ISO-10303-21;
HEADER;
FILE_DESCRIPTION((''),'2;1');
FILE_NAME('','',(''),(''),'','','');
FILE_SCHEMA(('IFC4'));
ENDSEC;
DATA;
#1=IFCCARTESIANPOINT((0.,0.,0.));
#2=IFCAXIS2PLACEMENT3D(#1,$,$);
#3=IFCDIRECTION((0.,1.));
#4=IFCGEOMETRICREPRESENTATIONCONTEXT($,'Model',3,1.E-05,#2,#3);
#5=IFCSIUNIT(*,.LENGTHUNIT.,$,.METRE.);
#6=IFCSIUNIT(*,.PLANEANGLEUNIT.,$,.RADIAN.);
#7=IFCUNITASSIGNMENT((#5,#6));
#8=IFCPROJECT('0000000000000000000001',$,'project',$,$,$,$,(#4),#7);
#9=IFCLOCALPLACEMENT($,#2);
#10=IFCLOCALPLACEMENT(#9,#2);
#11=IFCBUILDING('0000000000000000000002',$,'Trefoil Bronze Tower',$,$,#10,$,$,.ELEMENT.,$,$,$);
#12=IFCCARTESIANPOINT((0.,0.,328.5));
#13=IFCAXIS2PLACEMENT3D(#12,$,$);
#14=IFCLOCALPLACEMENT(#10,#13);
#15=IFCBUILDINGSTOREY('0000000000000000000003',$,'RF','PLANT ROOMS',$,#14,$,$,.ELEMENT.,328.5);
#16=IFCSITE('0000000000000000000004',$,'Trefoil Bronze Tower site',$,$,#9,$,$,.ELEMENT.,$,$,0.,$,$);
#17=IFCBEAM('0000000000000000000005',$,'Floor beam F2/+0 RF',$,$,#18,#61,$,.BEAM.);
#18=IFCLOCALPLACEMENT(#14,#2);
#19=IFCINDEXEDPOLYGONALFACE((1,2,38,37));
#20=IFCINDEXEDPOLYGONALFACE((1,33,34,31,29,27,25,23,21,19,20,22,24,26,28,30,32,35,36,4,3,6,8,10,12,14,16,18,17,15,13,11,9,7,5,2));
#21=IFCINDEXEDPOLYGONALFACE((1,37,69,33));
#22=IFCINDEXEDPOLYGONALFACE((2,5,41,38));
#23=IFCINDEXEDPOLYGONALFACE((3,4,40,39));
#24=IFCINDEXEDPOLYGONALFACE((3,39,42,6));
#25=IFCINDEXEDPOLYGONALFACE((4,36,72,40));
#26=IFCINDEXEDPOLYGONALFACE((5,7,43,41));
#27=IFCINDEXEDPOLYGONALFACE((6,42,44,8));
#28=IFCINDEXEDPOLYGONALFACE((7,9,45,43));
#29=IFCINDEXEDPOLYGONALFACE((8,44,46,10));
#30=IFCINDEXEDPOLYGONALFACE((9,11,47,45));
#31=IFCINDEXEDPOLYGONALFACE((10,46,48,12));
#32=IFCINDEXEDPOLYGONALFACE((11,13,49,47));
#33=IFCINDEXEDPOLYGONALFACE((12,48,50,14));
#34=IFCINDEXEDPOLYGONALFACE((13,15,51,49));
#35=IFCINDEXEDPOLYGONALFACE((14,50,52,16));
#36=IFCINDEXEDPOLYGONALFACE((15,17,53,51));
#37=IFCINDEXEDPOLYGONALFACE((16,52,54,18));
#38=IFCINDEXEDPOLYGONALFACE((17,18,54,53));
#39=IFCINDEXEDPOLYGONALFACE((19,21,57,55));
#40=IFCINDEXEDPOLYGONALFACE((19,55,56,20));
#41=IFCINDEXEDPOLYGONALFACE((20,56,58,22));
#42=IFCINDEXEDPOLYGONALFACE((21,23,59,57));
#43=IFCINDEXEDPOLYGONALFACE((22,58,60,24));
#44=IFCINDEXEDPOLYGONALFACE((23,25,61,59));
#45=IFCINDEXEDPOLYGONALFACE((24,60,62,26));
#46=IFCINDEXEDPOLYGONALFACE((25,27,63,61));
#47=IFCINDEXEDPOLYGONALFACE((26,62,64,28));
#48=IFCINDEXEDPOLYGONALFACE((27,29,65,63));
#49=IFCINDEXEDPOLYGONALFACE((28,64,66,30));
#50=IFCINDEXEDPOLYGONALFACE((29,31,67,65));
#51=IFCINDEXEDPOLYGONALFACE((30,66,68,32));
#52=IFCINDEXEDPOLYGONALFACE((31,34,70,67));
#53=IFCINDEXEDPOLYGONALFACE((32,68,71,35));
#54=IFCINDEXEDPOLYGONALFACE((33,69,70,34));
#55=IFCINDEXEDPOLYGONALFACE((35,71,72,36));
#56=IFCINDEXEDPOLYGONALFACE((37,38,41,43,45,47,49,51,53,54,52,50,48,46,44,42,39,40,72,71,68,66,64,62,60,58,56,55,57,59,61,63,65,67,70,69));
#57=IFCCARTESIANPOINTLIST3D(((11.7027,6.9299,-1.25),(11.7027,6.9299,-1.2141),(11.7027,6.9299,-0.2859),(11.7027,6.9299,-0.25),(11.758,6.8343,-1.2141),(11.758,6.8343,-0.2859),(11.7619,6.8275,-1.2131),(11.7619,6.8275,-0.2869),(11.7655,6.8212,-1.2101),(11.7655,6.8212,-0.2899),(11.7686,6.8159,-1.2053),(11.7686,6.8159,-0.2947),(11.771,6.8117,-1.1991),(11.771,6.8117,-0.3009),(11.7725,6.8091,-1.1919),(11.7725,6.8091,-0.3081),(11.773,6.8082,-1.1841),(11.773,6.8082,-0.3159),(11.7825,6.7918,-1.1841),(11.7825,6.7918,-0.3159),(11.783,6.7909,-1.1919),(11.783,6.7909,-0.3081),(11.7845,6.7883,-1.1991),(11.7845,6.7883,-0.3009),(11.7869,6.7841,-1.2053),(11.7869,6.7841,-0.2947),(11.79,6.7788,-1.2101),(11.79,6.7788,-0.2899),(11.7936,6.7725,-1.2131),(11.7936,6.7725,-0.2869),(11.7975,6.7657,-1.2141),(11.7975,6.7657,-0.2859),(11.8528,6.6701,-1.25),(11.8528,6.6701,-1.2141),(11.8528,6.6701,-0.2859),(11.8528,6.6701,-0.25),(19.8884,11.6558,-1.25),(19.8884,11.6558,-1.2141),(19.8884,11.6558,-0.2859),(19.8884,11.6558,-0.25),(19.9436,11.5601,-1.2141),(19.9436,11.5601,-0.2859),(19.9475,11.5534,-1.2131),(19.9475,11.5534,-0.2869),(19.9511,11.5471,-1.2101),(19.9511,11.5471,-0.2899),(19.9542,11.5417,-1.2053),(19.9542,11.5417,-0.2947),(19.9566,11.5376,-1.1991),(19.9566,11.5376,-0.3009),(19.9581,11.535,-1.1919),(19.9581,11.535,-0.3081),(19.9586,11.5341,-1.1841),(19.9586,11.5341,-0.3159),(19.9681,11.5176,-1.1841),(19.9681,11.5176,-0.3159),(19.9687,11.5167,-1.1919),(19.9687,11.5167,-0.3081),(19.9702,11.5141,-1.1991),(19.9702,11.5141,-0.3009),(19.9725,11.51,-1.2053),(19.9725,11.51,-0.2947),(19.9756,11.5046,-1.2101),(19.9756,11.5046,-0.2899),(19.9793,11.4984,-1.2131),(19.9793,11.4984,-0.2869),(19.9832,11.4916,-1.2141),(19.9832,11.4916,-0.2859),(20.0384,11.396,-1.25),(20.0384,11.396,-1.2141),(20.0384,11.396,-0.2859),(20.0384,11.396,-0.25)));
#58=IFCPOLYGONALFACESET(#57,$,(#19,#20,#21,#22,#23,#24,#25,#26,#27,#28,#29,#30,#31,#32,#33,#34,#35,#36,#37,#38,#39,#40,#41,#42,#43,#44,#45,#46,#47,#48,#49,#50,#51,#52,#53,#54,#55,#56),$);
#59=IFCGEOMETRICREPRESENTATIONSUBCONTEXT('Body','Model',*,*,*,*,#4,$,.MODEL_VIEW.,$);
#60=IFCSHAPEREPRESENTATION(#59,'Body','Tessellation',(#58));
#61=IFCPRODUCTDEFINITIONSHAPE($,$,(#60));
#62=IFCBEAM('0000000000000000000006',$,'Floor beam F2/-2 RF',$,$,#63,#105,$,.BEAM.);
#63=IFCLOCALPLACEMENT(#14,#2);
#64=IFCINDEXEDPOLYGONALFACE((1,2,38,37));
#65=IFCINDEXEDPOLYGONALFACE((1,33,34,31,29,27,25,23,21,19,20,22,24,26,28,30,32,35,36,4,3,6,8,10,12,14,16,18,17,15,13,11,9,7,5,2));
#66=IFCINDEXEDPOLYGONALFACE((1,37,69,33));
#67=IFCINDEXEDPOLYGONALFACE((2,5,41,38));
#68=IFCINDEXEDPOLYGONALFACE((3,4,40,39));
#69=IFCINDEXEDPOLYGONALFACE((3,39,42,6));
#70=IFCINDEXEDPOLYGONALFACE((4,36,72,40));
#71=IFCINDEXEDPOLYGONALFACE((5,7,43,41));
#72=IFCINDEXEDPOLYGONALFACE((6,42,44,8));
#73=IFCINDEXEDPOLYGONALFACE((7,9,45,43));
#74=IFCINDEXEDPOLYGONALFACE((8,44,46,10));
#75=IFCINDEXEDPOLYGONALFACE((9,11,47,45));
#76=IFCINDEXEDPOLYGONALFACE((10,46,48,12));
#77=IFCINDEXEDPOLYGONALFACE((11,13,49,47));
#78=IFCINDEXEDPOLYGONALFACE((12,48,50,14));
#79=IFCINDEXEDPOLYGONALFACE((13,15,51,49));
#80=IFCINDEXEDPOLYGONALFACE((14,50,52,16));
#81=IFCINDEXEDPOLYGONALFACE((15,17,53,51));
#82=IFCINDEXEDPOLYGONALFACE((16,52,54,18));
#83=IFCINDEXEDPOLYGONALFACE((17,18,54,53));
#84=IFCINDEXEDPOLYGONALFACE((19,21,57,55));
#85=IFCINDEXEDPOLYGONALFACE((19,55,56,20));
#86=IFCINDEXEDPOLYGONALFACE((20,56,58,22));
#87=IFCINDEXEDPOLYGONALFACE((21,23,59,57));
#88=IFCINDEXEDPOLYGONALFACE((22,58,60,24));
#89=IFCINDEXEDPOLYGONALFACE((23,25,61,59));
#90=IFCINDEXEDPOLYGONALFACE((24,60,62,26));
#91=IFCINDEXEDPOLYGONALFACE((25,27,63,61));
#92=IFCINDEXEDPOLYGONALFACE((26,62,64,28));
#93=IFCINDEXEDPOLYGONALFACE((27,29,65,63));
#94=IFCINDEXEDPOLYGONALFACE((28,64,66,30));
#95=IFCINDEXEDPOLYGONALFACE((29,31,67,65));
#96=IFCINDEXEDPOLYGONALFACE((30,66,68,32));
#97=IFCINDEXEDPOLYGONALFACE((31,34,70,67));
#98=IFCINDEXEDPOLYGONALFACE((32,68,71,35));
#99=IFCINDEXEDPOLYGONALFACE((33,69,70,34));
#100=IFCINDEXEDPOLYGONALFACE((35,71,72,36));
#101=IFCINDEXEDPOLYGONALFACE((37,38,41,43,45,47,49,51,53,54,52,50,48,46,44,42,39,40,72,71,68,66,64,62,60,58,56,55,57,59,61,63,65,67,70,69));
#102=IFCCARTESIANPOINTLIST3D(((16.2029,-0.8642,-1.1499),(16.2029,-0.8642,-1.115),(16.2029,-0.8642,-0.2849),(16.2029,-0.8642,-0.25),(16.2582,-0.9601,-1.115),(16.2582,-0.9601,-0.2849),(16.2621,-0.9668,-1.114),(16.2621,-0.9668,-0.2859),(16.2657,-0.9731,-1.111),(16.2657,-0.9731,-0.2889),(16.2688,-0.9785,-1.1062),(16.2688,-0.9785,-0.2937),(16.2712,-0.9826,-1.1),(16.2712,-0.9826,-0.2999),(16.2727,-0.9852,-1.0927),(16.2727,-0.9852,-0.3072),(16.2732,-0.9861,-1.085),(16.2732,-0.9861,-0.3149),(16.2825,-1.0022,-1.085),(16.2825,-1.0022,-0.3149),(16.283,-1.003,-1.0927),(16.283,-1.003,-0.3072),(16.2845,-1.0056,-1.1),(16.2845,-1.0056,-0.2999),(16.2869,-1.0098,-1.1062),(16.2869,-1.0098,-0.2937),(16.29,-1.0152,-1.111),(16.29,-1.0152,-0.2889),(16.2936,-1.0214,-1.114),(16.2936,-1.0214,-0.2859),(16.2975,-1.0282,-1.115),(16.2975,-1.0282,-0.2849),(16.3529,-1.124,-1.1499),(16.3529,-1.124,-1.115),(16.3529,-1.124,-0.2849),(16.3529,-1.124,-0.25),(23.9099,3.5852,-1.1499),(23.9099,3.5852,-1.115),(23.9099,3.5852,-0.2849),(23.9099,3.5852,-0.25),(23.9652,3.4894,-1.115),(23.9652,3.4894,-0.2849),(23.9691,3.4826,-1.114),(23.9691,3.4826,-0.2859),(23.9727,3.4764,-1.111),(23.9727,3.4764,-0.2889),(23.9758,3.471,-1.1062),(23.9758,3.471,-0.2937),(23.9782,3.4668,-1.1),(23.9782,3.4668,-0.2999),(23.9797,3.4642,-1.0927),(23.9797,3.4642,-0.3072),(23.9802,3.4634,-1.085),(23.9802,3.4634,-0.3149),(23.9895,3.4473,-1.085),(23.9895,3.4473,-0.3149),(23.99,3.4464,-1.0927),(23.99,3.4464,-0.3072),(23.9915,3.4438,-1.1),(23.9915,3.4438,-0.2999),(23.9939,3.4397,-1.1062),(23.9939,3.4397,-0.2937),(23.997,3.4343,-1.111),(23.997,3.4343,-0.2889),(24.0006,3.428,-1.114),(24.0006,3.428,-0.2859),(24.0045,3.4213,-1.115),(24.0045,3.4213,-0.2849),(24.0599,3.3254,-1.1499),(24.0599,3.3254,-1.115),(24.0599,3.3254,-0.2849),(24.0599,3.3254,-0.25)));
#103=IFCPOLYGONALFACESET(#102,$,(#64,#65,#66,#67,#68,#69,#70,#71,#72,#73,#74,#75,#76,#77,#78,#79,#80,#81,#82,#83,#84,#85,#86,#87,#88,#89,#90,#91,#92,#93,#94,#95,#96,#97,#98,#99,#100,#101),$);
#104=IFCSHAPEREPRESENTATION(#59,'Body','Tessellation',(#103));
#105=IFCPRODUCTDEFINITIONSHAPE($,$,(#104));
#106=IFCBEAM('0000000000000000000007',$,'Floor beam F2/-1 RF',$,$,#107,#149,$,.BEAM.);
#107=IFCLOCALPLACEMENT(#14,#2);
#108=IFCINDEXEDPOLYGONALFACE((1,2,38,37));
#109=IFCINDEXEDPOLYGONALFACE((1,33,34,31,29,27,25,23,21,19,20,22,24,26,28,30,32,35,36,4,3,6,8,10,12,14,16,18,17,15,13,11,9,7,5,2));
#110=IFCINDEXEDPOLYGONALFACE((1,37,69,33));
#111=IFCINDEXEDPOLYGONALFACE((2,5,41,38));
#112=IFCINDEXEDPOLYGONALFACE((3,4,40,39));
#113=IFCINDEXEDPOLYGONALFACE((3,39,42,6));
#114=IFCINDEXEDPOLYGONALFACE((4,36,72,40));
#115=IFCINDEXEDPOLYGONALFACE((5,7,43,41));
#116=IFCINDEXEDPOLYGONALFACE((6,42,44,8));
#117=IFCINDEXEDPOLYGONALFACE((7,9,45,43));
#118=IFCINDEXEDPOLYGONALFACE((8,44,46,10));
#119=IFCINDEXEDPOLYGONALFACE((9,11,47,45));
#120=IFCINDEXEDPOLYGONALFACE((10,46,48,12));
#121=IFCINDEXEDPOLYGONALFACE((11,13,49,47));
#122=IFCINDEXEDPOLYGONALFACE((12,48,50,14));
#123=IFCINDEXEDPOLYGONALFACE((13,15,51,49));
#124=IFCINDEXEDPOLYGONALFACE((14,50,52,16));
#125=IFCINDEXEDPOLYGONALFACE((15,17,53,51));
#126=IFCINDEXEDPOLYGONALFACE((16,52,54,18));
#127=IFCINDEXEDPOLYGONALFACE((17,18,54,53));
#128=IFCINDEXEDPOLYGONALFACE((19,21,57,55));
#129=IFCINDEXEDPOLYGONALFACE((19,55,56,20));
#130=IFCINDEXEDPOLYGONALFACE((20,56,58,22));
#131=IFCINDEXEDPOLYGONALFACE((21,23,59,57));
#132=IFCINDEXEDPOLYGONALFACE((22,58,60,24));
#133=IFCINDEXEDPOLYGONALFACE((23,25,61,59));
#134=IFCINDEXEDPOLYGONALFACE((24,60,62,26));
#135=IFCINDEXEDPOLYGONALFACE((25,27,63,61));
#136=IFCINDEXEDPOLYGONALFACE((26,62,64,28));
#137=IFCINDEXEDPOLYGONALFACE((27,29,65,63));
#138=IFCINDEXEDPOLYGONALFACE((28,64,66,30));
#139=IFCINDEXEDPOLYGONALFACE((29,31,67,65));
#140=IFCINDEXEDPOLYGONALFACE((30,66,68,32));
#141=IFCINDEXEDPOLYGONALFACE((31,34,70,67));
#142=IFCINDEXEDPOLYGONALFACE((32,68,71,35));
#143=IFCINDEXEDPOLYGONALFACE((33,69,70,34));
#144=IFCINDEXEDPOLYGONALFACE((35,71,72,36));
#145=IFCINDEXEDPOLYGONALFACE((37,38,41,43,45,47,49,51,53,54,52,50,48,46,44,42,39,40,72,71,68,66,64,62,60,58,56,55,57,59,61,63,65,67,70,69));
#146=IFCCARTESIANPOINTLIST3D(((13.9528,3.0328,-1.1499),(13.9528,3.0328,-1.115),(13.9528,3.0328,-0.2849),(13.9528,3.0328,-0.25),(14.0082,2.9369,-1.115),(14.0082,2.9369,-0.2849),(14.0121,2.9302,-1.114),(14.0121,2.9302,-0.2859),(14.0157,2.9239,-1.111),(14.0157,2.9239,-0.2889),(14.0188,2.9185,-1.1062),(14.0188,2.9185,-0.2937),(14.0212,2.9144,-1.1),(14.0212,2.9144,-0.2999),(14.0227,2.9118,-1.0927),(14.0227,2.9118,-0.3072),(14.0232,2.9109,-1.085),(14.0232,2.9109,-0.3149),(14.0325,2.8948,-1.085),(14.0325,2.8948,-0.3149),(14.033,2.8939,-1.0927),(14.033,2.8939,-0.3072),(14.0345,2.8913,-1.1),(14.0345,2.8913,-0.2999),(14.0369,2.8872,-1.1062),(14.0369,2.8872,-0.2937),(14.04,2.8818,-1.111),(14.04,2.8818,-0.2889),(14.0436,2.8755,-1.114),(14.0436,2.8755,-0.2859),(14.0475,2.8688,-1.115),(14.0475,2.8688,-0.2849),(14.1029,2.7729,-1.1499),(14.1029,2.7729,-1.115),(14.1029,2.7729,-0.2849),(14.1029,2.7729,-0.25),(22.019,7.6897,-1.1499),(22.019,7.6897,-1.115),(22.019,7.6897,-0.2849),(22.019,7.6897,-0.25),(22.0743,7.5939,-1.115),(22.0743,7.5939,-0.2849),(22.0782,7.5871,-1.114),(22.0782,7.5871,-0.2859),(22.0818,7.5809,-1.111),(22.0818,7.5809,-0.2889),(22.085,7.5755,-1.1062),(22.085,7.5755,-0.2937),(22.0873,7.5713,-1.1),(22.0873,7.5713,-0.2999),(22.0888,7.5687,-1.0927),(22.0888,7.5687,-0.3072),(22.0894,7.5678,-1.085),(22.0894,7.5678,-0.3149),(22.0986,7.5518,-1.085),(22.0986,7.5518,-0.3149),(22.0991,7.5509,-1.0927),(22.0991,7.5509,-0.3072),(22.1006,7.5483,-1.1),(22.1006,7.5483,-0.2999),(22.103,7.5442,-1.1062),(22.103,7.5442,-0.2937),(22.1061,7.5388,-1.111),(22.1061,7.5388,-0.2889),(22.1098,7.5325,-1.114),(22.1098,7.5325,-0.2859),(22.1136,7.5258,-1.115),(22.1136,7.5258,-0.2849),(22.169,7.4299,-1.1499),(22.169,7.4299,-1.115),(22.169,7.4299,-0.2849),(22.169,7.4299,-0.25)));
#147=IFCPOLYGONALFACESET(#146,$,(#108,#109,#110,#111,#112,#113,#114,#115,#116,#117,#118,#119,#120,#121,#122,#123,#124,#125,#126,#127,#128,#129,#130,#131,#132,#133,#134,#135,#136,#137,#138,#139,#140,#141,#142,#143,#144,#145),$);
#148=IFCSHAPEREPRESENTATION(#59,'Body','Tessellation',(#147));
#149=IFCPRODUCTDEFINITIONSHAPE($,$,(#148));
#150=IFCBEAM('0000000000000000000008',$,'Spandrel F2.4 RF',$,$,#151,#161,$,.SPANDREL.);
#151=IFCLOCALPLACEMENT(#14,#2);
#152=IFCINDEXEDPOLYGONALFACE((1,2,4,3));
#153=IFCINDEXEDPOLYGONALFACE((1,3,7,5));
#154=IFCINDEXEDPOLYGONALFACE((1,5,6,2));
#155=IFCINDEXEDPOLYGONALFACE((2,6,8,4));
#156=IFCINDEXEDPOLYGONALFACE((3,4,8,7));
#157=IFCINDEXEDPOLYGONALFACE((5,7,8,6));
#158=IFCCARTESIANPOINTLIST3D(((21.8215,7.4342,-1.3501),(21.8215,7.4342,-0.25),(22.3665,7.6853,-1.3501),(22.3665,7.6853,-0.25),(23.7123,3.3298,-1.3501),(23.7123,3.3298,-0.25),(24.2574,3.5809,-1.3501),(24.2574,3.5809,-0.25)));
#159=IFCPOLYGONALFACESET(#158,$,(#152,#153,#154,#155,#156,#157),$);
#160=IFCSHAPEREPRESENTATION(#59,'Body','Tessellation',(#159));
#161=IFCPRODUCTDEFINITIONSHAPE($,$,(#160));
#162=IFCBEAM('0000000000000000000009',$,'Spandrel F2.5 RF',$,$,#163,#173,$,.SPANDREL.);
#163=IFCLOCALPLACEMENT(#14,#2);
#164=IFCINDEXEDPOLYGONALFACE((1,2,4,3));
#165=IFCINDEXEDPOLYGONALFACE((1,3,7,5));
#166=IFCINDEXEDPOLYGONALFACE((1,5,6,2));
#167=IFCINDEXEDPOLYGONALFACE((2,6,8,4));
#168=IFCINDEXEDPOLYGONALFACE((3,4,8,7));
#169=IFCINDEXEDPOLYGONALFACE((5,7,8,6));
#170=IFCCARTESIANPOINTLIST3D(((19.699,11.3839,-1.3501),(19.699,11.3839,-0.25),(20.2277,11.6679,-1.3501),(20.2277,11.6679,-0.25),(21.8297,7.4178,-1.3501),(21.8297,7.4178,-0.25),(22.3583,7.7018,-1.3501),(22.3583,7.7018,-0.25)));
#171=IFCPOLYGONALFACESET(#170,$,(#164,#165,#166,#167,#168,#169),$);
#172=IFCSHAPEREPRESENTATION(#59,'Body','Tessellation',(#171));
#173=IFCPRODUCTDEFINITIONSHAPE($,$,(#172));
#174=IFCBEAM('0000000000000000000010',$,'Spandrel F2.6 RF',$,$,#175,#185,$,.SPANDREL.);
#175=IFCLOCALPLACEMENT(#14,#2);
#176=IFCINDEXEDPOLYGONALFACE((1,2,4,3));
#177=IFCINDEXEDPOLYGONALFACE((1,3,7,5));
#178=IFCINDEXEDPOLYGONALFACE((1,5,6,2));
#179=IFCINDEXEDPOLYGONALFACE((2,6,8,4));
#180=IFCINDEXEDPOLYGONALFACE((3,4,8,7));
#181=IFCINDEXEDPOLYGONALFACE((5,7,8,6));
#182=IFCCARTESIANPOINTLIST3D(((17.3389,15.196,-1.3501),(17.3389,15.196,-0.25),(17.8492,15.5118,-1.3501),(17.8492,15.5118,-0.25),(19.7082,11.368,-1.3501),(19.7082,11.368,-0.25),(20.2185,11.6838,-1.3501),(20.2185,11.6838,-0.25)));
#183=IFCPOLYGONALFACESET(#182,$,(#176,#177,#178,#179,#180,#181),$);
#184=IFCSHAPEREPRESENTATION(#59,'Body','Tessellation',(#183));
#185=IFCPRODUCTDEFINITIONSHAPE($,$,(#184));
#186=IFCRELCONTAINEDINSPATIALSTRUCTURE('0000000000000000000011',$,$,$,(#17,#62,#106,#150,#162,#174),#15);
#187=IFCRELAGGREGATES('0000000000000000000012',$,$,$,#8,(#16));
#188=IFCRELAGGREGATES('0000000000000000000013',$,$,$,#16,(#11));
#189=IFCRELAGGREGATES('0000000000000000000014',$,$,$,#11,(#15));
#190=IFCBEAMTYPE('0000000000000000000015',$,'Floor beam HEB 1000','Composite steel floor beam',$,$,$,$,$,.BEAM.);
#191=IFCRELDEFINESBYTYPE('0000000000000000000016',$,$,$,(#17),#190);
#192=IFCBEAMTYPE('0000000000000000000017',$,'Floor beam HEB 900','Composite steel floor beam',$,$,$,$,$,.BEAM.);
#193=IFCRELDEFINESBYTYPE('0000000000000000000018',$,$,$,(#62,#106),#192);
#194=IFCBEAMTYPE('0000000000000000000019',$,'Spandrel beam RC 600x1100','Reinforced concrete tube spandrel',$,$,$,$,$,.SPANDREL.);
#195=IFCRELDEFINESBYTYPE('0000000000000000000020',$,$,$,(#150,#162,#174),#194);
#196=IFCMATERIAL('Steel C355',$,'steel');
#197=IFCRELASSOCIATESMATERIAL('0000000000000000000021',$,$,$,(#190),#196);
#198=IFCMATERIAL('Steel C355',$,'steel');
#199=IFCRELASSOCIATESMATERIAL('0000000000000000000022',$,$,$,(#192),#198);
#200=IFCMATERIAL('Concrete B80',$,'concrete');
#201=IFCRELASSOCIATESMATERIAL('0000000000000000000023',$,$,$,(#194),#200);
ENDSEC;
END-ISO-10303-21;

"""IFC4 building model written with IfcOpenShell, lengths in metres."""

from ifc_helpers import new_model, si_unit, direction, frame, origin, origin_2d, place, context, subcontext, project, spatial, rectangle, i_section, extrude, material, material_profile, profile_set, type_object, element, save


model = new_model("IFC4")

# Units and contexts
model_context = context("Model", 3, precision=1e-05, world=origin(), true_north=direction((0.0, 1.0)))
body_context = subcontext(model_context, "Body", "Model", "MODEL_VIEW")
ifc_project = project(units=[si_unit("LENGTHUNIT", "METRE"), si_unit("PLANEANGLEUNIT", "RADIAN")], contexts=[model_context])

# Site, building, storey
site_placement = place(None, origin())
site = spatial("IfcSite", under=ifc_project, at=site_placement, Name="Trefoil Bronze Tower site", CompositionType="ELEMENT", RefElevation=0.0)
building_placement = place(site_placement, origin())
building = spatial("IfcBuilding", under=site, at=building_placement, Name="Trefoil Bronze Tower", CompositionType="ELEMENT")
storey_placement = place(building_placement, frame((0.0, 0.0, 328.5)))
storey = spatial("IfcBuildingStorey", under=building, at=storey_placement, Name="RF", Description="PLANT ROOMS", CompositionType="ELEMENT", Elevation=328.5)

# Beams
ifc_material_1 = material(Name="Steel C355", Category="steel")
ifc_material_profile_1 = material_profile(ifc_material_1, i_section(OverallWidth=0.3, OverallDepth=1.0, WebThickness=0.019, FlangeThickness=0.0359, FilletRadius=0.03, at=origin_2d()), Name="HEB 1000")
ifc_profile_set_1 = profile_set([ifc_material_profile_1], Name="Steel C355")
beam_type_1 = type_object("IfcBeamType", Name="Floor beam HEB 1000", Description="Composite steel floor beam", PredefinedType="BEAM", material=ifc_profile_set_1)
beam_1_placement = place(storey_placement, frame((19.9634, 11.5259, -0.75), z_axis=(-0.86603, -0.499992, 0.0), x_axis=(0.499992, -0.86603, 0.0)))
element("IfcBeam", 1, at=beam_1_placement, inside=storey, type_object=beam_type_1, Name="Floor beam F2/+0 RF", PredefinedType="BEAM", context=body_context, shape_type="SweptSolid", body=[
    extrude(i_section(OverallWidth=0.3, OverallDepth=1.0, WebThickness=0.019, FlangeThickness=0.0359, FilletRadius=0.03, at=origin_2d()), origin(), (0.0, 0.0, 1.0), 9.4519),
])
ifc_material_2 = material(Name="Steel C355", Category="steel")
ifc_material_profile_2 = material_profile(ifc_material_2, i_section(OverallWidth=0.3, OverallDepth=0.8999, WebThickness=0.0186, FlangeThickness=0.0349, FilletRadius=0.03, at=origin_2d()), Name="HEB 900")
ifc_profile_set_2 = profile_set([ifc_material_profile_2], Name="Steel C355")
beam_type_2 = type_object("IfcBeamType", Name="Floor beam HEB 900", Description="Composite steel floor beam", PredefinedType="BEAM", material=ifc_profile_set_2)
beam_2_placement = place(storey_placement, frame((23.9849, 3.4553, -0.7), z_axis=(-0.866035, -0.499984, 0.0), x_axis=(0.499984, -0.866035, 0.0)))
element("IfcBeam", 2, at=beam_2_placement, inside=storey, type_object=beam_type_2, Name="Floor beam F2/-2 RF", PredefinedType="BEAM", context=body_context, shape_type="SweptSolid", body=[
    extrude(i_section(OverallWidth=0.3, OverallDepth=0.8999, WebThickness=0.0186, FlangeThickness=0.0349, FilletRadius=0.03, at=origin_2d()), origin(), (0.0, 0.0, 1.0), 8.8992),
])
beam_3_placement = place(storey_placement, frame((22.094, 7.5598, -0.7), z_axis=(-0.866026, -0.499999, 0.0), x_axis=(0.499999, -0.866026, 0.0)))
element("IfcBeam", 3, at=beam_3_placement, inside=storey, type_object=beam_type_2, Name="Floor beam F2/-1 RF", PredefinedType="BEAM", context=body_context, shape_type="SweptSolid", body=[
    extrude(i_section(OverallWidth=0.3, OverallDepth=0.8999, WebThickness=0.0186, FlangeThickness=0.0349, FilletRadius=0.03, at=origin_2d()), origin(), (0.0, 0.0, 1.0), 9.314),
])
ifc_material_3 = material(Name="Concrete B80", Category="concrete")
ifc_material_profile_3 = material_profile(ifc_material_3, rectangle(XDim=0.6001, YDim=1.1001, at=origin_2d()), Name="RC 600x1100")
ifc_profile_set_3 = profile_set([ifc_material_profile_3], Name="Concrete B80")
beam_type_3 = type_object("IfcBeamType", Name="Spandrel beam RC 600x1100", Description="Reinforced concrete tube spandrel", PredefinedType="SPANDREL", material=ifc_profile_set_3)
beam_4_placement = place(storey_placement, frame((23.9849, 3.4553, -0.8), z_axis=(-0.418417, 0.908255, 0.0), x_axis=(-0.908255, -0.418417, 0.0)))
element("IfcBeam", 4, at=beam_4_placement, inside=storey, type_object=beam_type_3, Name="Spandrel F2.4 RF", PredefinedType="SPANDREL", context=body_context, shape_type="SweptSolid", body=[
    extrude(rectangle(XDim=0.6001, YDim=1.1001, at=origin_2d()), origin(), (0.0, 0.0, 1.0), 4.519),
])
beam_5_placement = place(storey_placement, frame((22.094, 7.5598, -0.8), z_axis=(-0.473246, 0.88093, 0.0), x_axis=(-0.88093, -0.473246, 0.0)))
element("IfcBeam", 5, at=beam_5_placement, inside=storey, type_object=beam_type_3, Name="Spandrel F2.5 RF", PredefinedType="SPANDREL", context=body_context, shape_type="SweptSolid", body=[
    extrude(rectangle(XDim=0.6001, YDim=1.1001, at=origin_2d()), origin(), (0.0, 0.0, 1.0), 4.5022),
])
beam_6_placement = place(storey_placement, frame((19.9634, 11.5259, -0.8), z_axis=(-0.526289, 0.850306, 0.0), x_axis=(-0.850306, -0.526289, 0.0)))
element("IfcBeam", 6, at=beam_6_placement, inside=storey, type_object=beam_type_3, Name="Spandrel F2.6 RF", PredefinedType="SPANDREL", context=body_context, shape_type="SweptSolid", body=[
    extrude(rectangle(XDim=0.6001, YDim=1.1001, at=origin_2d()), origin(), (0.0, 0.0, 1.0), 4.502),
])

save(model, "model.ifc")
